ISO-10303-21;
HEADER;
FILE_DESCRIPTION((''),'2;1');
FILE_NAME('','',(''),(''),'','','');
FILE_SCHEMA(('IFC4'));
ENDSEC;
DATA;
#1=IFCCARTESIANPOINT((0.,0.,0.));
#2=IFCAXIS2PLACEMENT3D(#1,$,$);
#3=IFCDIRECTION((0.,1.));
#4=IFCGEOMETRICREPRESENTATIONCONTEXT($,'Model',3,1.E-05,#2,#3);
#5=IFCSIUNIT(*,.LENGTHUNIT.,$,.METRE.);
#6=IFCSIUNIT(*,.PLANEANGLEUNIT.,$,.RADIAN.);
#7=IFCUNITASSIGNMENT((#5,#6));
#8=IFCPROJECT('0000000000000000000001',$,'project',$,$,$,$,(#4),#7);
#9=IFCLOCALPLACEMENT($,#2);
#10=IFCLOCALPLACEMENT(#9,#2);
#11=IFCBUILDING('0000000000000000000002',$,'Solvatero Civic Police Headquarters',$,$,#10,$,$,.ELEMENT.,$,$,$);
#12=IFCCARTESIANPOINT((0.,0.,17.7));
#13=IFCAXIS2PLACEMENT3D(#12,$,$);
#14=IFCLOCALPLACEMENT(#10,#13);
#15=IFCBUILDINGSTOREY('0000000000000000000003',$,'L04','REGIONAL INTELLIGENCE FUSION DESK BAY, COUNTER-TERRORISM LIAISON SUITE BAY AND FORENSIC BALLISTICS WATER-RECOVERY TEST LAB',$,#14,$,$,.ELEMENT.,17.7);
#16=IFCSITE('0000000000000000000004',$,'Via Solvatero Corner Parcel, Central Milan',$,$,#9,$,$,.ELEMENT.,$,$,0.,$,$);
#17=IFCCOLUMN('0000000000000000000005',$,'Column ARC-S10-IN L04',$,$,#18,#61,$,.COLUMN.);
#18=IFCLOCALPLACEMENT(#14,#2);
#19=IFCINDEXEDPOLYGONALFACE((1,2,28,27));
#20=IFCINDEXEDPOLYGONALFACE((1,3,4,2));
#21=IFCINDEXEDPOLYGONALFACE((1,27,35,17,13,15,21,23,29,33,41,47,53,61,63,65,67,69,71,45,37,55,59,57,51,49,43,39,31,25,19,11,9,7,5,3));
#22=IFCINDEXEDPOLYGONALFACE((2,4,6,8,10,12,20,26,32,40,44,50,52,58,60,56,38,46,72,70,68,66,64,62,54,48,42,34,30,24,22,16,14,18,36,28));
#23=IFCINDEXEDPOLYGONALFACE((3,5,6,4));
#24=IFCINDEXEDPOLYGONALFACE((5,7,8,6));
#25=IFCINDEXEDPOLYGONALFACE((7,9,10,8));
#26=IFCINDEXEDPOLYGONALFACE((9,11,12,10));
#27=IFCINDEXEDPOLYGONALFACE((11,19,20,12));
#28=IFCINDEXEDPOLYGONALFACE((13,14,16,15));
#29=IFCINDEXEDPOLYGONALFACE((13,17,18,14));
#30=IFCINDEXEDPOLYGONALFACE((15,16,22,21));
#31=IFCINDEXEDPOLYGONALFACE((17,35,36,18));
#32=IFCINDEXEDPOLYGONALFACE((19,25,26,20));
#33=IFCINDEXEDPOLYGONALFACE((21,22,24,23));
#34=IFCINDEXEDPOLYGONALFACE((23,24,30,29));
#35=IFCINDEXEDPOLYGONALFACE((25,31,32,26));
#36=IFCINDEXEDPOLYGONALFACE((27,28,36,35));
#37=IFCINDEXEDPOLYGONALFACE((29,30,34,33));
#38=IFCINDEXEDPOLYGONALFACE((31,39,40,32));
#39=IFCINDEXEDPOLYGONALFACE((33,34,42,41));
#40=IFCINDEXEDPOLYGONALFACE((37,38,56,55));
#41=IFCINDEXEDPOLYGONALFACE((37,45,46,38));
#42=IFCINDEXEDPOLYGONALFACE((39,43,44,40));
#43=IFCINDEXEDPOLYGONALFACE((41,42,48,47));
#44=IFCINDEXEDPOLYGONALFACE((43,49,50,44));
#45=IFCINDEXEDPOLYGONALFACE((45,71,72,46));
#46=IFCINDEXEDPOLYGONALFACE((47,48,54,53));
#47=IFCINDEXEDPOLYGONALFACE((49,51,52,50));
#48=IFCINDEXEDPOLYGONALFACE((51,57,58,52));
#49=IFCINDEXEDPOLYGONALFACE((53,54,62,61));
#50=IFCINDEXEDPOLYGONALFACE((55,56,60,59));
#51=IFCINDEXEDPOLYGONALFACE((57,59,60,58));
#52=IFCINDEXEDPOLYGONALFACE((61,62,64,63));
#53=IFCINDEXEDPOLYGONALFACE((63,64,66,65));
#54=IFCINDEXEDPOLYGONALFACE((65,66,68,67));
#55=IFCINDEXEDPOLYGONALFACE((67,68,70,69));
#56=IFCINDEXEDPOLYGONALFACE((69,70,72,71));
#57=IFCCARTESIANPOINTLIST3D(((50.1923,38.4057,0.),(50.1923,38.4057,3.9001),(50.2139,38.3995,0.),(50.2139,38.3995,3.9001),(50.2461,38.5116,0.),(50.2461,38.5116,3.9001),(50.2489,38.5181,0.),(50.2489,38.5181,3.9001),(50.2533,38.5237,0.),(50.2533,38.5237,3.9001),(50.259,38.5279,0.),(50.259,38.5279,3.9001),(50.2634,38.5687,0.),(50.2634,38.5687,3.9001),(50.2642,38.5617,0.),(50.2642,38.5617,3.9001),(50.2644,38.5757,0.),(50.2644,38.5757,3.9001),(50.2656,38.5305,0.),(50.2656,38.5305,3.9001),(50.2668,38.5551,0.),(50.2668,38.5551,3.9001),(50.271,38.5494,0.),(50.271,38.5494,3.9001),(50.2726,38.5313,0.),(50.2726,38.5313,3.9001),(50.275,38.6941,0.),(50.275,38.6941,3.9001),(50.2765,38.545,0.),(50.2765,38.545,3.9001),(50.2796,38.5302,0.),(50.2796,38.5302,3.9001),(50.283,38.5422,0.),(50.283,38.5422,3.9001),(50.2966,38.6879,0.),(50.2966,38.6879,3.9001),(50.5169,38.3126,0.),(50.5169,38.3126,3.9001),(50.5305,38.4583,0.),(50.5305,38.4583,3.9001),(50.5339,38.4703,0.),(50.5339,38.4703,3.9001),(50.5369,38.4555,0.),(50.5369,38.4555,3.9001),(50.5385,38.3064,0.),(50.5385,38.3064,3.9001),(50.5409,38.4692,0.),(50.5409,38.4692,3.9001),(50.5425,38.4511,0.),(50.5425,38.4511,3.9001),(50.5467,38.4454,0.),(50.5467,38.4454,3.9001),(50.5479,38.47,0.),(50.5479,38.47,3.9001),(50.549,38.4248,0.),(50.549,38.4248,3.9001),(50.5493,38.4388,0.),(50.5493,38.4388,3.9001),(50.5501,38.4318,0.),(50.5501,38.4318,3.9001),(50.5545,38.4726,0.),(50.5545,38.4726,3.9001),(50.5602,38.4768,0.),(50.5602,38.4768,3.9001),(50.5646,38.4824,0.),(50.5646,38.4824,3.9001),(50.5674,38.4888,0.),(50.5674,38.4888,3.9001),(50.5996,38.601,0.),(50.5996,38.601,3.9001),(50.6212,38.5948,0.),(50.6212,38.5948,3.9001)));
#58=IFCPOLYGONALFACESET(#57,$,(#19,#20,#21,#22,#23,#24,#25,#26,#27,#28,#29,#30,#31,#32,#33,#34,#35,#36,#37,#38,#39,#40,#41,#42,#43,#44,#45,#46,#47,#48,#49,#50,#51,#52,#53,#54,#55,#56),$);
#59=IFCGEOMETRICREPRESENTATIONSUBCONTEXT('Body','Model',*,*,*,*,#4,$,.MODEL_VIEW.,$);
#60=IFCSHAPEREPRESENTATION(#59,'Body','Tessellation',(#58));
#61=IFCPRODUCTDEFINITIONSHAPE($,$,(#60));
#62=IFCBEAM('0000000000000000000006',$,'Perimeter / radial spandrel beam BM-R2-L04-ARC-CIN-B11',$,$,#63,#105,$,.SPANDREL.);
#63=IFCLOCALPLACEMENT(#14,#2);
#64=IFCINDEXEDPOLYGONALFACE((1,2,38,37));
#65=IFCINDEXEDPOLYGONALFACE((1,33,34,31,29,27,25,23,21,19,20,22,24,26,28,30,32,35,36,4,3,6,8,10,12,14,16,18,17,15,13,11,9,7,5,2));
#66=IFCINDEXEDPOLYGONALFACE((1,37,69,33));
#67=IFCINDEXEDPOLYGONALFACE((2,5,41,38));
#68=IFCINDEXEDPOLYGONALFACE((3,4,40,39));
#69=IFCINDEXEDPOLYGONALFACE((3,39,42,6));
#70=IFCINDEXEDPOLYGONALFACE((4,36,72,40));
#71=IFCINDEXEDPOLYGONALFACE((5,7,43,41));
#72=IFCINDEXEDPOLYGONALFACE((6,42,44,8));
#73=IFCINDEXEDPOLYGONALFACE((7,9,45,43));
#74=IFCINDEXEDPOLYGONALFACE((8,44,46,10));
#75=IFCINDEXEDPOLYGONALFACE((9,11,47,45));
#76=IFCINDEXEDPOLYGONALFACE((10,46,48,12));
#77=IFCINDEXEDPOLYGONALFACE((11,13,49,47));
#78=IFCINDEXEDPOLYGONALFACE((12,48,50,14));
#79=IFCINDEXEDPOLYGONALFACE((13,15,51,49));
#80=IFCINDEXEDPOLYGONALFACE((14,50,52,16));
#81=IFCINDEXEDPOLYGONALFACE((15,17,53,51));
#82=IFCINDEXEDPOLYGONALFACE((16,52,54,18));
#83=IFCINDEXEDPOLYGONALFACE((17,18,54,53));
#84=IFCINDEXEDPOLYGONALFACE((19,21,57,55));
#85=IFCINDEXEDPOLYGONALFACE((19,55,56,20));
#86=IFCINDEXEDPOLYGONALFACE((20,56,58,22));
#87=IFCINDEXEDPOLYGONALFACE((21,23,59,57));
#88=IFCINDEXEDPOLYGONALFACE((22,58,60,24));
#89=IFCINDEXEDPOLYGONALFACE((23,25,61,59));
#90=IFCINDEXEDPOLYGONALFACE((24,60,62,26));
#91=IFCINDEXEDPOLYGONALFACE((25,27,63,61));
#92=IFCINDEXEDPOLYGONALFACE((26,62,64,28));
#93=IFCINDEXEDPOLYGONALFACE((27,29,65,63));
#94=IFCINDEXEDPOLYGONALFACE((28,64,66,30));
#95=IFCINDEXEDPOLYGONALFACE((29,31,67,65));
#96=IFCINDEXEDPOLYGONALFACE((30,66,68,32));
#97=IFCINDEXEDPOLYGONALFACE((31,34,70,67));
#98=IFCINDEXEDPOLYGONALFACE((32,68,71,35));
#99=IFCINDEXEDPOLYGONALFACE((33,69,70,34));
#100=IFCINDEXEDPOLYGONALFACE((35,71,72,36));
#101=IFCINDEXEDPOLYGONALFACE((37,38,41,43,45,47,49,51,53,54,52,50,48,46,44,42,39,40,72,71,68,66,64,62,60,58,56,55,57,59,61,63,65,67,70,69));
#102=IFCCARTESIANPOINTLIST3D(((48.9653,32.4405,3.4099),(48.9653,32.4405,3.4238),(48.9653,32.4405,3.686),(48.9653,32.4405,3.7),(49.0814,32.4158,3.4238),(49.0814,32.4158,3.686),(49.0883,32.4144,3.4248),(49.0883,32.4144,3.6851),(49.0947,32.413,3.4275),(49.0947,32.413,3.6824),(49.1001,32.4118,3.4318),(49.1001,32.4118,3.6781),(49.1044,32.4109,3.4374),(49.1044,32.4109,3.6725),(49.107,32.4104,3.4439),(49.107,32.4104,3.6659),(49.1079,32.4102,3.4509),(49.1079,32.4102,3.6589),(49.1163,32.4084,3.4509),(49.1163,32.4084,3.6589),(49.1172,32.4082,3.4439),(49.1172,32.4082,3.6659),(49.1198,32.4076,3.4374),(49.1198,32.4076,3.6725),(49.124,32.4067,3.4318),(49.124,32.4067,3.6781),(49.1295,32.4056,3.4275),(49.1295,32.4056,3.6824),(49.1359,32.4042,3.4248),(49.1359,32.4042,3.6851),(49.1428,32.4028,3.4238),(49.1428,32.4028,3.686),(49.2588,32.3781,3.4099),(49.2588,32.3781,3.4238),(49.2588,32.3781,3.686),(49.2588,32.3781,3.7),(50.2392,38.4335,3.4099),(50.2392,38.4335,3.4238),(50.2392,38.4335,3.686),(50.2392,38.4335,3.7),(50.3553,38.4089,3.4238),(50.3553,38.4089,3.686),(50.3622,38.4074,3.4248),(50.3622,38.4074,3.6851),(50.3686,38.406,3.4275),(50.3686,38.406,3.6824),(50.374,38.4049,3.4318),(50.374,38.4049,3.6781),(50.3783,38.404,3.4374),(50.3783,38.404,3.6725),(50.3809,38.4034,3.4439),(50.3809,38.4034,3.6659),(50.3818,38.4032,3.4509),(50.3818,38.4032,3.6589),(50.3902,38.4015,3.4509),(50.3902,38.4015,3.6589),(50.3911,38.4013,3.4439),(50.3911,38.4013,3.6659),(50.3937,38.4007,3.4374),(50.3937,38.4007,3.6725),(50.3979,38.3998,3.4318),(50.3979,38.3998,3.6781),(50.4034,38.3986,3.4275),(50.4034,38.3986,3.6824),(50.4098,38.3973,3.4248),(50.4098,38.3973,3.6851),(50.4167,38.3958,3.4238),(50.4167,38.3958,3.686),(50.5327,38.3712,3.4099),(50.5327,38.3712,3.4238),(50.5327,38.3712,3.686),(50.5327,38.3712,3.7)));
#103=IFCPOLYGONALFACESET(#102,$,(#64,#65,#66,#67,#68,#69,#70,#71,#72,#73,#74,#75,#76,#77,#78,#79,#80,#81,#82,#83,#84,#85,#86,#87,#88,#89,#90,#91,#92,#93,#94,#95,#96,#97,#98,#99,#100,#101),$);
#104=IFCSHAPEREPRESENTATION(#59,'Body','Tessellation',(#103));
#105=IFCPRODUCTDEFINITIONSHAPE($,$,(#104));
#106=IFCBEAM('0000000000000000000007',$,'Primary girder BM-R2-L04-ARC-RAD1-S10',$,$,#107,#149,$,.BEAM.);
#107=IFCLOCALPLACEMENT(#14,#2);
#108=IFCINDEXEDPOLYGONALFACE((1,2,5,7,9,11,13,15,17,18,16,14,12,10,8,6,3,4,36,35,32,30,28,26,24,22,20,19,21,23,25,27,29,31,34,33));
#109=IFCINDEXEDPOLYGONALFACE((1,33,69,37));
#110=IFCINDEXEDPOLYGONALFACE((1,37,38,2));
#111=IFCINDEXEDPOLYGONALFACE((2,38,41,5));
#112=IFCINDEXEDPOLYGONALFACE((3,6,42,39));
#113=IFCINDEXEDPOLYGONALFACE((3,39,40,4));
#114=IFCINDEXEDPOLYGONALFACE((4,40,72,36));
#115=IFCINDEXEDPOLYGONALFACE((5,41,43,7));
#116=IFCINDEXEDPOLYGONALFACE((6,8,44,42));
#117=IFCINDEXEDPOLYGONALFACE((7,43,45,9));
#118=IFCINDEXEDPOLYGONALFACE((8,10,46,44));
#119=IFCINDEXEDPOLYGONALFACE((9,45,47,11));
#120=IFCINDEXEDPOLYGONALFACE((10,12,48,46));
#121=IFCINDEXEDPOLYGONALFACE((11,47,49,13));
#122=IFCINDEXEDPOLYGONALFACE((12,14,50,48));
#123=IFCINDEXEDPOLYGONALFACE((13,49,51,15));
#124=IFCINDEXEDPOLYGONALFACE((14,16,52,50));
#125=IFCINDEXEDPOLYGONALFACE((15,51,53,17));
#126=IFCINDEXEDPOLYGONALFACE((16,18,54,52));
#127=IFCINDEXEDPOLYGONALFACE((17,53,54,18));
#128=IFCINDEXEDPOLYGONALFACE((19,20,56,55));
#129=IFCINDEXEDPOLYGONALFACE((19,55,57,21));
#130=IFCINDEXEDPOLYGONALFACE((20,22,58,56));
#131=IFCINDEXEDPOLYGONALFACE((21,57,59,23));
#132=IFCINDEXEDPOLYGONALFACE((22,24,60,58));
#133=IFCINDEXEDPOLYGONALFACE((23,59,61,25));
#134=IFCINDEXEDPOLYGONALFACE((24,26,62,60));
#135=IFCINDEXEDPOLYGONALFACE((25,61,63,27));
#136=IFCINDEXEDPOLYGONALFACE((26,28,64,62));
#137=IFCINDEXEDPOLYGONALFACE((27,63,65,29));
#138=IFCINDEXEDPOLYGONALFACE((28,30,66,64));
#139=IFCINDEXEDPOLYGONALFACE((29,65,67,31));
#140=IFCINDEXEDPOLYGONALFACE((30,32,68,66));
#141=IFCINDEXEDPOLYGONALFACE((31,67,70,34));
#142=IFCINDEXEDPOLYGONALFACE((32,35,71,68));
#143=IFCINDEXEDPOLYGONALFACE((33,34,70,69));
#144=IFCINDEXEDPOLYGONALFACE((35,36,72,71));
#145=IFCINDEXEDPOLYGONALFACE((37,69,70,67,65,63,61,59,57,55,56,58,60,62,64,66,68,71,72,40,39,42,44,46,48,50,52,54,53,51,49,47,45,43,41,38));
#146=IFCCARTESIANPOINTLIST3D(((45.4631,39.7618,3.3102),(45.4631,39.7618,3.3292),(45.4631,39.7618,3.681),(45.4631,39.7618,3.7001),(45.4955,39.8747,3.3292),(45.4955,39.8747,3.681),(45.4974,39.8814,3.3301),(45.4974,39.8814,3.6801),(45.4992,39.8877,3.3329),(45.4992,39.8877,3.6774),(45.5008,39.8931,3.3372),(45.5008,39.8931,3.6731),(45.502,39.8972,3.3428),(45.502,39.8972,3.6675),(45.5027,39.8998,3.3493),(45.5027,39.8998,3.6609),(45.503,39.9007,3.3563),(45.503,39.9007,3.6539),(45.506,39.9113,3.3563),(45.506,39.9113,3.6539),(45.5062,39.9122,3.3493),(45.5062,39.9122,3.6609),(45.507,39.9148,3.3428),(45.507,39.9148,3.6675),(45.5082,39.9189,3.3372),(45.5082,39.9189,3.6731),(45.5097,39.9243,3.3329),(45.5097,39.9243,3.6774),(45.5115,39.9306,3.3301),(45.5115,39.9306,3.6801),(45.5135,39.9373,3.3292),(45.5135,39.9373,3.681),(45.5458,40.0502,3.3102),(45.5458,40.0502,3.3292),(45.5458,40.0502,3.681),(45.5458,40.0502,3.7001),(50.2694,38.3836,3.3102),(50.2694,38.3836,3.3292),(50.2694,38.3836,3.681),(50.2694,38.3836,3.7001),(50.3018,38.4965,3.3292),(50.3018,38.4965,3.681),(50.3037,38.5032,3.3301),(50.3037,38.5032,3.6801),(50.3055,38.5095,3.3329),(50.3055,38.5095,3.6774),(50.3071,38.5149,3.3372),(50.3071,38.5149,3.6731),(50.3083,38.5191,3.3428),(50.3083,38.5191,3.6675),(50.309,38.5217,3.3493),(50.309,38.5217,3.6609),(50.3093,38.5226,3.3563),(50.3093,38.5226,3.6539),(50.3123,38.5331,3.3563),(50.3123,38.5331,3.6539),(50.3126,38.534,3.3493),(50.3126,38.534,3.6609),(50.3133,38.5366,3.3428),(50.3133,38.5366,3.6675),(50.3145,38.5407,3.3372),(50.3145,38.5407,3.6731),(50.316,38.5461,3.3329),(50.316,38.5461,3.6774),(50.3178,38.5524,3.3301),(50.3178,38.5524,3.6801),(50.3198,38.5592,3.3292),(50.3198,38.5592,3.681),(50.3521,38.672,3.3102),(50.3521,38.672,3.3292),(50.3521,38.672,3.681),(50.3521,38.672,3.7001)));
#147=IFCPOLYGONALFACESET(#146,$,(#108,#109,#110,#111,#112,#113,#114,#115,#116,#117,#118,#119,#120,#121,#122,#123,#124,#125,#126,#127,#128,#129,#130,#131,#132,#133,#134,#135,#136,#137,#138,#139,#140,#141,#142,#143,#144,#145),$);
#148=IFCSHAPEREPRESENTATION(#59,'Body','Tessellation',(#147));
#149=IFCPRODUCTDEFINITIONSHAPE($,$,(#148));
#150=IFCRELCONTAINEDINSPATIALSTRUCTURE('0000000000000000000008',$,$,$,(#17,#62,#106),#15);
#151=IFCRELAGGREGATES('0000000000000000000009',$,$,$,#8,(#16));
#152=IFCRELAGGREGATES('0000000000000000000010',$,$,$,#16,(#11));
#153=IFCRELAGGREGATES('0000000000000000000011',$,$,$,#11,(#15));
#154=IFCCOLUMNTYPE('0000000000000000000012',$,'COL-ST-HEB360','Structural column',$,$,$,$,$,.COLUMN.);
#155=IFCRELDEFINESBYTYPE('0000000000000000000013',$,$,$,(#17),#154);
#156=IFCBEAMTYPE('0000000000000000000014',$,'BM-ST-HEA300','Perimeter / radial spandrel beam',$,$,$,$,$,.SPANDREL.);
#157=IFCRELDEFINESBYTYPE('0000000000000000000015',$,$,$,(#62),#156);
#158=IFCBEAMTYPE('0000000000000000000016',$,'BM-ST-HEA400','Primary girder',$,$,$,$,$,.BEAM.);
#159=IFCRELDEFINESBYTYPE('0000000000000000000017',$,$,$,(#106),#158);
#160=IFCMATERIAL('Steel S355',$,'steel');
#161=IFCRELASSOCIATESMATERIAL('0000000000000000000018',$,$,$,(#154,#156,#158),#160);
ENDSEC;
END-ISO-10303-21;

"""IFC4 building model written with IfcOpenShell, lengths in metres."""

from ifc_helpers import new_model, si_unit, direction, frame, origin, origin_2d, place, context, subcontext, project, spatial, i_section, extrude, material, material_profile, profile_set, type_object, element, save


model = new_model("IFC4")

# Units and contexts
model_context = context("Model", 3, precision=1e-05, world=origin(), true_north=direction((0.0, 1.0)))
body_context = subcontext(model_context, "Body", "Model", "MODEL_VIEW")
ifc_project = project(units=[si_unit("LENGTHUNIT", "METRE"), si_unit("PLANEANGLEUNIT", "RADIAN")], contexts=[model_context])

# Site, building, storey
site_placement = place(None, origin())
site = spatial("IfcSite", under=ifc_project, at=site_placement, Name="Via Solvatero Corner Parcel, Central Milan", CompositionType="ELEMENT", RefElevation=0.0)
building_placement = place(site_placement, origin())
building = spatial("IfcBuilding", under=site, at=building_placement, Name="Solvatero Civic Police Headquarters", CompositionType="ELEMENT")
storey_placement = place(building_placement, frame((0.0, 0.0, 17.7)))
storey = spatial("IfcBuildingStorey", under=building, at=storey_placement, Name="L04", Description="REGIONAL INTELLIGENCE FUSION DESK BAY, COUNTER-TERRORISM LIAISON SUITE BAY AND FORENSIC BALLISTICS WATER-RECOVERY TEST LAB", CompositionType="ELEMENT", Elevation=17.7)

# Column
ifc_material_1 = material(Name="Steel S355", Category="steel")
ifc_material_profile_1 = material_profile(ifc_material_1, i_section(OverallWidth=0.3, OverallDepth=0.3601, WebThickness=0.0125, FlangeThickness=0.0225, FilletRadius=0.0271, at=origin_2d()), Name="HEB 360")
ifc_profile_set_1 = profile_set([ifc_material_profile_1], Name="Steel S355")
column_type = type_object("IfcColumnType", Name="COL-ST-HEB360", Description="Structural column", PredefinedType="COLUMN", material=ifc_profile_set_1)
column_placement = place(storey_placement, frame((50.4067, 38.5002, 0.0), z_axis=(0.0, 0.0, 1.0), x_axis=(0.275637, 0.961262, 0.0)))
element("IfcColumn", 1, at=column_placement, inside=storey, type_object=column_type, Name="Column ARC-S10-IN L04", PredefinedType="COLUMN", context=body_context, shape_type="SweptSolid", body=[
    extrude(i_section(OverallWidth=0.3, OverallDepth=0.3601, WebThickness=0.0125, FlangeThickness=0.0225, FilletRadius=0.0271, at=origin_2d()), origin(), (0.0, 0.0, 1.0), 3.9001),
])

# Beams
ifc_material_profile_2 = material_profile(ifc_material_1, i_section(OverallWidth=0.3, OverallDepth=0.29, WebThickness=0.0085, FlangeThickness=0.0139, FilletRadius=0.0271, at=origin_2d()), Name="HEA 300")
ifc_profile_set_2 = profile_set([ifc_material_profile_2], Name="Steel S355")
beam_type_1 = type_object("IfcBeamType", Name="BM-ST-HEA300", Description="Perimeter / radial spandrel beam", PredefinedType="SPANDREL", material=ifc_profile_set_2)
beam_1_placement = place(storey_placement, frame((50.386, 38.4023, 3.5549), z_axis=(-0.207918, -0.978146, 0.0), x_axis=(0.978146, -0.207918, 0.0)))
element("IfcBeam", 2, at=beam_1_placement, inside=storey, type_object=beam_type_1, Name="Perimeter / radial spandrel beam BM-R2-L04-ARC-CIN-B11", PredefinedType="SPANDREL", context=body_context, shape_type="SweptSolid", body=[
    extrude(i_section(OverallWidth=0.3, OverallDepth=0.29, WebThickness=0.0085, FlangeThickness=0.0139, FilletRadius=0.0271, at=origin_2d()), origin(), (0.0, 0.0, 1.0), 6.127),
])
ifc_material_profile_3 = material_profile(ifc_material_1, i_section(OverallWidth=0.3, OverallDepth=0.3899, WebThickness=0.011, FlangeThickness=0.019, FilletRadius=0.0271, at=origin_2d()), Name="HEA 400")
ifc_profile_set_3 = profile_set([ifc_material_profile_3], Name="Steel S355")
beam_type_2 = type_object("IfcBeamType", Name="BM-ST-HEA400", Description="Primary girder", PredefinedType="BEAM", material=ifc_profile_set_3)
beam_2_placement = place(storey_placement, frame((50.3108, 38.5278, 3.5051), z_axis=(-0.961264, 0.27563, 0.0), x_axis=(-0.27563, -0.961264, 0.0)))
element("IfcBeam", 3, at=beam_2_placement, inside=storey, type_object=beam_type_2, Name="Primary girder BM-R2-L04-ARC-RAD1-S10", PredefinedType="BEAM", context=body_context, shape_type="SweptSolid", body=[
    extrude(i_section(OverallWidth=0.3, OverallDepth=0.3899, WebThickness=0.011, FlangeThickness=0.019, FilletRadius=0.0271, at=origin_2d()), origin(), (0.0, 0.0, 1.0), 5.0),
])

save(model, "model.ifc")
